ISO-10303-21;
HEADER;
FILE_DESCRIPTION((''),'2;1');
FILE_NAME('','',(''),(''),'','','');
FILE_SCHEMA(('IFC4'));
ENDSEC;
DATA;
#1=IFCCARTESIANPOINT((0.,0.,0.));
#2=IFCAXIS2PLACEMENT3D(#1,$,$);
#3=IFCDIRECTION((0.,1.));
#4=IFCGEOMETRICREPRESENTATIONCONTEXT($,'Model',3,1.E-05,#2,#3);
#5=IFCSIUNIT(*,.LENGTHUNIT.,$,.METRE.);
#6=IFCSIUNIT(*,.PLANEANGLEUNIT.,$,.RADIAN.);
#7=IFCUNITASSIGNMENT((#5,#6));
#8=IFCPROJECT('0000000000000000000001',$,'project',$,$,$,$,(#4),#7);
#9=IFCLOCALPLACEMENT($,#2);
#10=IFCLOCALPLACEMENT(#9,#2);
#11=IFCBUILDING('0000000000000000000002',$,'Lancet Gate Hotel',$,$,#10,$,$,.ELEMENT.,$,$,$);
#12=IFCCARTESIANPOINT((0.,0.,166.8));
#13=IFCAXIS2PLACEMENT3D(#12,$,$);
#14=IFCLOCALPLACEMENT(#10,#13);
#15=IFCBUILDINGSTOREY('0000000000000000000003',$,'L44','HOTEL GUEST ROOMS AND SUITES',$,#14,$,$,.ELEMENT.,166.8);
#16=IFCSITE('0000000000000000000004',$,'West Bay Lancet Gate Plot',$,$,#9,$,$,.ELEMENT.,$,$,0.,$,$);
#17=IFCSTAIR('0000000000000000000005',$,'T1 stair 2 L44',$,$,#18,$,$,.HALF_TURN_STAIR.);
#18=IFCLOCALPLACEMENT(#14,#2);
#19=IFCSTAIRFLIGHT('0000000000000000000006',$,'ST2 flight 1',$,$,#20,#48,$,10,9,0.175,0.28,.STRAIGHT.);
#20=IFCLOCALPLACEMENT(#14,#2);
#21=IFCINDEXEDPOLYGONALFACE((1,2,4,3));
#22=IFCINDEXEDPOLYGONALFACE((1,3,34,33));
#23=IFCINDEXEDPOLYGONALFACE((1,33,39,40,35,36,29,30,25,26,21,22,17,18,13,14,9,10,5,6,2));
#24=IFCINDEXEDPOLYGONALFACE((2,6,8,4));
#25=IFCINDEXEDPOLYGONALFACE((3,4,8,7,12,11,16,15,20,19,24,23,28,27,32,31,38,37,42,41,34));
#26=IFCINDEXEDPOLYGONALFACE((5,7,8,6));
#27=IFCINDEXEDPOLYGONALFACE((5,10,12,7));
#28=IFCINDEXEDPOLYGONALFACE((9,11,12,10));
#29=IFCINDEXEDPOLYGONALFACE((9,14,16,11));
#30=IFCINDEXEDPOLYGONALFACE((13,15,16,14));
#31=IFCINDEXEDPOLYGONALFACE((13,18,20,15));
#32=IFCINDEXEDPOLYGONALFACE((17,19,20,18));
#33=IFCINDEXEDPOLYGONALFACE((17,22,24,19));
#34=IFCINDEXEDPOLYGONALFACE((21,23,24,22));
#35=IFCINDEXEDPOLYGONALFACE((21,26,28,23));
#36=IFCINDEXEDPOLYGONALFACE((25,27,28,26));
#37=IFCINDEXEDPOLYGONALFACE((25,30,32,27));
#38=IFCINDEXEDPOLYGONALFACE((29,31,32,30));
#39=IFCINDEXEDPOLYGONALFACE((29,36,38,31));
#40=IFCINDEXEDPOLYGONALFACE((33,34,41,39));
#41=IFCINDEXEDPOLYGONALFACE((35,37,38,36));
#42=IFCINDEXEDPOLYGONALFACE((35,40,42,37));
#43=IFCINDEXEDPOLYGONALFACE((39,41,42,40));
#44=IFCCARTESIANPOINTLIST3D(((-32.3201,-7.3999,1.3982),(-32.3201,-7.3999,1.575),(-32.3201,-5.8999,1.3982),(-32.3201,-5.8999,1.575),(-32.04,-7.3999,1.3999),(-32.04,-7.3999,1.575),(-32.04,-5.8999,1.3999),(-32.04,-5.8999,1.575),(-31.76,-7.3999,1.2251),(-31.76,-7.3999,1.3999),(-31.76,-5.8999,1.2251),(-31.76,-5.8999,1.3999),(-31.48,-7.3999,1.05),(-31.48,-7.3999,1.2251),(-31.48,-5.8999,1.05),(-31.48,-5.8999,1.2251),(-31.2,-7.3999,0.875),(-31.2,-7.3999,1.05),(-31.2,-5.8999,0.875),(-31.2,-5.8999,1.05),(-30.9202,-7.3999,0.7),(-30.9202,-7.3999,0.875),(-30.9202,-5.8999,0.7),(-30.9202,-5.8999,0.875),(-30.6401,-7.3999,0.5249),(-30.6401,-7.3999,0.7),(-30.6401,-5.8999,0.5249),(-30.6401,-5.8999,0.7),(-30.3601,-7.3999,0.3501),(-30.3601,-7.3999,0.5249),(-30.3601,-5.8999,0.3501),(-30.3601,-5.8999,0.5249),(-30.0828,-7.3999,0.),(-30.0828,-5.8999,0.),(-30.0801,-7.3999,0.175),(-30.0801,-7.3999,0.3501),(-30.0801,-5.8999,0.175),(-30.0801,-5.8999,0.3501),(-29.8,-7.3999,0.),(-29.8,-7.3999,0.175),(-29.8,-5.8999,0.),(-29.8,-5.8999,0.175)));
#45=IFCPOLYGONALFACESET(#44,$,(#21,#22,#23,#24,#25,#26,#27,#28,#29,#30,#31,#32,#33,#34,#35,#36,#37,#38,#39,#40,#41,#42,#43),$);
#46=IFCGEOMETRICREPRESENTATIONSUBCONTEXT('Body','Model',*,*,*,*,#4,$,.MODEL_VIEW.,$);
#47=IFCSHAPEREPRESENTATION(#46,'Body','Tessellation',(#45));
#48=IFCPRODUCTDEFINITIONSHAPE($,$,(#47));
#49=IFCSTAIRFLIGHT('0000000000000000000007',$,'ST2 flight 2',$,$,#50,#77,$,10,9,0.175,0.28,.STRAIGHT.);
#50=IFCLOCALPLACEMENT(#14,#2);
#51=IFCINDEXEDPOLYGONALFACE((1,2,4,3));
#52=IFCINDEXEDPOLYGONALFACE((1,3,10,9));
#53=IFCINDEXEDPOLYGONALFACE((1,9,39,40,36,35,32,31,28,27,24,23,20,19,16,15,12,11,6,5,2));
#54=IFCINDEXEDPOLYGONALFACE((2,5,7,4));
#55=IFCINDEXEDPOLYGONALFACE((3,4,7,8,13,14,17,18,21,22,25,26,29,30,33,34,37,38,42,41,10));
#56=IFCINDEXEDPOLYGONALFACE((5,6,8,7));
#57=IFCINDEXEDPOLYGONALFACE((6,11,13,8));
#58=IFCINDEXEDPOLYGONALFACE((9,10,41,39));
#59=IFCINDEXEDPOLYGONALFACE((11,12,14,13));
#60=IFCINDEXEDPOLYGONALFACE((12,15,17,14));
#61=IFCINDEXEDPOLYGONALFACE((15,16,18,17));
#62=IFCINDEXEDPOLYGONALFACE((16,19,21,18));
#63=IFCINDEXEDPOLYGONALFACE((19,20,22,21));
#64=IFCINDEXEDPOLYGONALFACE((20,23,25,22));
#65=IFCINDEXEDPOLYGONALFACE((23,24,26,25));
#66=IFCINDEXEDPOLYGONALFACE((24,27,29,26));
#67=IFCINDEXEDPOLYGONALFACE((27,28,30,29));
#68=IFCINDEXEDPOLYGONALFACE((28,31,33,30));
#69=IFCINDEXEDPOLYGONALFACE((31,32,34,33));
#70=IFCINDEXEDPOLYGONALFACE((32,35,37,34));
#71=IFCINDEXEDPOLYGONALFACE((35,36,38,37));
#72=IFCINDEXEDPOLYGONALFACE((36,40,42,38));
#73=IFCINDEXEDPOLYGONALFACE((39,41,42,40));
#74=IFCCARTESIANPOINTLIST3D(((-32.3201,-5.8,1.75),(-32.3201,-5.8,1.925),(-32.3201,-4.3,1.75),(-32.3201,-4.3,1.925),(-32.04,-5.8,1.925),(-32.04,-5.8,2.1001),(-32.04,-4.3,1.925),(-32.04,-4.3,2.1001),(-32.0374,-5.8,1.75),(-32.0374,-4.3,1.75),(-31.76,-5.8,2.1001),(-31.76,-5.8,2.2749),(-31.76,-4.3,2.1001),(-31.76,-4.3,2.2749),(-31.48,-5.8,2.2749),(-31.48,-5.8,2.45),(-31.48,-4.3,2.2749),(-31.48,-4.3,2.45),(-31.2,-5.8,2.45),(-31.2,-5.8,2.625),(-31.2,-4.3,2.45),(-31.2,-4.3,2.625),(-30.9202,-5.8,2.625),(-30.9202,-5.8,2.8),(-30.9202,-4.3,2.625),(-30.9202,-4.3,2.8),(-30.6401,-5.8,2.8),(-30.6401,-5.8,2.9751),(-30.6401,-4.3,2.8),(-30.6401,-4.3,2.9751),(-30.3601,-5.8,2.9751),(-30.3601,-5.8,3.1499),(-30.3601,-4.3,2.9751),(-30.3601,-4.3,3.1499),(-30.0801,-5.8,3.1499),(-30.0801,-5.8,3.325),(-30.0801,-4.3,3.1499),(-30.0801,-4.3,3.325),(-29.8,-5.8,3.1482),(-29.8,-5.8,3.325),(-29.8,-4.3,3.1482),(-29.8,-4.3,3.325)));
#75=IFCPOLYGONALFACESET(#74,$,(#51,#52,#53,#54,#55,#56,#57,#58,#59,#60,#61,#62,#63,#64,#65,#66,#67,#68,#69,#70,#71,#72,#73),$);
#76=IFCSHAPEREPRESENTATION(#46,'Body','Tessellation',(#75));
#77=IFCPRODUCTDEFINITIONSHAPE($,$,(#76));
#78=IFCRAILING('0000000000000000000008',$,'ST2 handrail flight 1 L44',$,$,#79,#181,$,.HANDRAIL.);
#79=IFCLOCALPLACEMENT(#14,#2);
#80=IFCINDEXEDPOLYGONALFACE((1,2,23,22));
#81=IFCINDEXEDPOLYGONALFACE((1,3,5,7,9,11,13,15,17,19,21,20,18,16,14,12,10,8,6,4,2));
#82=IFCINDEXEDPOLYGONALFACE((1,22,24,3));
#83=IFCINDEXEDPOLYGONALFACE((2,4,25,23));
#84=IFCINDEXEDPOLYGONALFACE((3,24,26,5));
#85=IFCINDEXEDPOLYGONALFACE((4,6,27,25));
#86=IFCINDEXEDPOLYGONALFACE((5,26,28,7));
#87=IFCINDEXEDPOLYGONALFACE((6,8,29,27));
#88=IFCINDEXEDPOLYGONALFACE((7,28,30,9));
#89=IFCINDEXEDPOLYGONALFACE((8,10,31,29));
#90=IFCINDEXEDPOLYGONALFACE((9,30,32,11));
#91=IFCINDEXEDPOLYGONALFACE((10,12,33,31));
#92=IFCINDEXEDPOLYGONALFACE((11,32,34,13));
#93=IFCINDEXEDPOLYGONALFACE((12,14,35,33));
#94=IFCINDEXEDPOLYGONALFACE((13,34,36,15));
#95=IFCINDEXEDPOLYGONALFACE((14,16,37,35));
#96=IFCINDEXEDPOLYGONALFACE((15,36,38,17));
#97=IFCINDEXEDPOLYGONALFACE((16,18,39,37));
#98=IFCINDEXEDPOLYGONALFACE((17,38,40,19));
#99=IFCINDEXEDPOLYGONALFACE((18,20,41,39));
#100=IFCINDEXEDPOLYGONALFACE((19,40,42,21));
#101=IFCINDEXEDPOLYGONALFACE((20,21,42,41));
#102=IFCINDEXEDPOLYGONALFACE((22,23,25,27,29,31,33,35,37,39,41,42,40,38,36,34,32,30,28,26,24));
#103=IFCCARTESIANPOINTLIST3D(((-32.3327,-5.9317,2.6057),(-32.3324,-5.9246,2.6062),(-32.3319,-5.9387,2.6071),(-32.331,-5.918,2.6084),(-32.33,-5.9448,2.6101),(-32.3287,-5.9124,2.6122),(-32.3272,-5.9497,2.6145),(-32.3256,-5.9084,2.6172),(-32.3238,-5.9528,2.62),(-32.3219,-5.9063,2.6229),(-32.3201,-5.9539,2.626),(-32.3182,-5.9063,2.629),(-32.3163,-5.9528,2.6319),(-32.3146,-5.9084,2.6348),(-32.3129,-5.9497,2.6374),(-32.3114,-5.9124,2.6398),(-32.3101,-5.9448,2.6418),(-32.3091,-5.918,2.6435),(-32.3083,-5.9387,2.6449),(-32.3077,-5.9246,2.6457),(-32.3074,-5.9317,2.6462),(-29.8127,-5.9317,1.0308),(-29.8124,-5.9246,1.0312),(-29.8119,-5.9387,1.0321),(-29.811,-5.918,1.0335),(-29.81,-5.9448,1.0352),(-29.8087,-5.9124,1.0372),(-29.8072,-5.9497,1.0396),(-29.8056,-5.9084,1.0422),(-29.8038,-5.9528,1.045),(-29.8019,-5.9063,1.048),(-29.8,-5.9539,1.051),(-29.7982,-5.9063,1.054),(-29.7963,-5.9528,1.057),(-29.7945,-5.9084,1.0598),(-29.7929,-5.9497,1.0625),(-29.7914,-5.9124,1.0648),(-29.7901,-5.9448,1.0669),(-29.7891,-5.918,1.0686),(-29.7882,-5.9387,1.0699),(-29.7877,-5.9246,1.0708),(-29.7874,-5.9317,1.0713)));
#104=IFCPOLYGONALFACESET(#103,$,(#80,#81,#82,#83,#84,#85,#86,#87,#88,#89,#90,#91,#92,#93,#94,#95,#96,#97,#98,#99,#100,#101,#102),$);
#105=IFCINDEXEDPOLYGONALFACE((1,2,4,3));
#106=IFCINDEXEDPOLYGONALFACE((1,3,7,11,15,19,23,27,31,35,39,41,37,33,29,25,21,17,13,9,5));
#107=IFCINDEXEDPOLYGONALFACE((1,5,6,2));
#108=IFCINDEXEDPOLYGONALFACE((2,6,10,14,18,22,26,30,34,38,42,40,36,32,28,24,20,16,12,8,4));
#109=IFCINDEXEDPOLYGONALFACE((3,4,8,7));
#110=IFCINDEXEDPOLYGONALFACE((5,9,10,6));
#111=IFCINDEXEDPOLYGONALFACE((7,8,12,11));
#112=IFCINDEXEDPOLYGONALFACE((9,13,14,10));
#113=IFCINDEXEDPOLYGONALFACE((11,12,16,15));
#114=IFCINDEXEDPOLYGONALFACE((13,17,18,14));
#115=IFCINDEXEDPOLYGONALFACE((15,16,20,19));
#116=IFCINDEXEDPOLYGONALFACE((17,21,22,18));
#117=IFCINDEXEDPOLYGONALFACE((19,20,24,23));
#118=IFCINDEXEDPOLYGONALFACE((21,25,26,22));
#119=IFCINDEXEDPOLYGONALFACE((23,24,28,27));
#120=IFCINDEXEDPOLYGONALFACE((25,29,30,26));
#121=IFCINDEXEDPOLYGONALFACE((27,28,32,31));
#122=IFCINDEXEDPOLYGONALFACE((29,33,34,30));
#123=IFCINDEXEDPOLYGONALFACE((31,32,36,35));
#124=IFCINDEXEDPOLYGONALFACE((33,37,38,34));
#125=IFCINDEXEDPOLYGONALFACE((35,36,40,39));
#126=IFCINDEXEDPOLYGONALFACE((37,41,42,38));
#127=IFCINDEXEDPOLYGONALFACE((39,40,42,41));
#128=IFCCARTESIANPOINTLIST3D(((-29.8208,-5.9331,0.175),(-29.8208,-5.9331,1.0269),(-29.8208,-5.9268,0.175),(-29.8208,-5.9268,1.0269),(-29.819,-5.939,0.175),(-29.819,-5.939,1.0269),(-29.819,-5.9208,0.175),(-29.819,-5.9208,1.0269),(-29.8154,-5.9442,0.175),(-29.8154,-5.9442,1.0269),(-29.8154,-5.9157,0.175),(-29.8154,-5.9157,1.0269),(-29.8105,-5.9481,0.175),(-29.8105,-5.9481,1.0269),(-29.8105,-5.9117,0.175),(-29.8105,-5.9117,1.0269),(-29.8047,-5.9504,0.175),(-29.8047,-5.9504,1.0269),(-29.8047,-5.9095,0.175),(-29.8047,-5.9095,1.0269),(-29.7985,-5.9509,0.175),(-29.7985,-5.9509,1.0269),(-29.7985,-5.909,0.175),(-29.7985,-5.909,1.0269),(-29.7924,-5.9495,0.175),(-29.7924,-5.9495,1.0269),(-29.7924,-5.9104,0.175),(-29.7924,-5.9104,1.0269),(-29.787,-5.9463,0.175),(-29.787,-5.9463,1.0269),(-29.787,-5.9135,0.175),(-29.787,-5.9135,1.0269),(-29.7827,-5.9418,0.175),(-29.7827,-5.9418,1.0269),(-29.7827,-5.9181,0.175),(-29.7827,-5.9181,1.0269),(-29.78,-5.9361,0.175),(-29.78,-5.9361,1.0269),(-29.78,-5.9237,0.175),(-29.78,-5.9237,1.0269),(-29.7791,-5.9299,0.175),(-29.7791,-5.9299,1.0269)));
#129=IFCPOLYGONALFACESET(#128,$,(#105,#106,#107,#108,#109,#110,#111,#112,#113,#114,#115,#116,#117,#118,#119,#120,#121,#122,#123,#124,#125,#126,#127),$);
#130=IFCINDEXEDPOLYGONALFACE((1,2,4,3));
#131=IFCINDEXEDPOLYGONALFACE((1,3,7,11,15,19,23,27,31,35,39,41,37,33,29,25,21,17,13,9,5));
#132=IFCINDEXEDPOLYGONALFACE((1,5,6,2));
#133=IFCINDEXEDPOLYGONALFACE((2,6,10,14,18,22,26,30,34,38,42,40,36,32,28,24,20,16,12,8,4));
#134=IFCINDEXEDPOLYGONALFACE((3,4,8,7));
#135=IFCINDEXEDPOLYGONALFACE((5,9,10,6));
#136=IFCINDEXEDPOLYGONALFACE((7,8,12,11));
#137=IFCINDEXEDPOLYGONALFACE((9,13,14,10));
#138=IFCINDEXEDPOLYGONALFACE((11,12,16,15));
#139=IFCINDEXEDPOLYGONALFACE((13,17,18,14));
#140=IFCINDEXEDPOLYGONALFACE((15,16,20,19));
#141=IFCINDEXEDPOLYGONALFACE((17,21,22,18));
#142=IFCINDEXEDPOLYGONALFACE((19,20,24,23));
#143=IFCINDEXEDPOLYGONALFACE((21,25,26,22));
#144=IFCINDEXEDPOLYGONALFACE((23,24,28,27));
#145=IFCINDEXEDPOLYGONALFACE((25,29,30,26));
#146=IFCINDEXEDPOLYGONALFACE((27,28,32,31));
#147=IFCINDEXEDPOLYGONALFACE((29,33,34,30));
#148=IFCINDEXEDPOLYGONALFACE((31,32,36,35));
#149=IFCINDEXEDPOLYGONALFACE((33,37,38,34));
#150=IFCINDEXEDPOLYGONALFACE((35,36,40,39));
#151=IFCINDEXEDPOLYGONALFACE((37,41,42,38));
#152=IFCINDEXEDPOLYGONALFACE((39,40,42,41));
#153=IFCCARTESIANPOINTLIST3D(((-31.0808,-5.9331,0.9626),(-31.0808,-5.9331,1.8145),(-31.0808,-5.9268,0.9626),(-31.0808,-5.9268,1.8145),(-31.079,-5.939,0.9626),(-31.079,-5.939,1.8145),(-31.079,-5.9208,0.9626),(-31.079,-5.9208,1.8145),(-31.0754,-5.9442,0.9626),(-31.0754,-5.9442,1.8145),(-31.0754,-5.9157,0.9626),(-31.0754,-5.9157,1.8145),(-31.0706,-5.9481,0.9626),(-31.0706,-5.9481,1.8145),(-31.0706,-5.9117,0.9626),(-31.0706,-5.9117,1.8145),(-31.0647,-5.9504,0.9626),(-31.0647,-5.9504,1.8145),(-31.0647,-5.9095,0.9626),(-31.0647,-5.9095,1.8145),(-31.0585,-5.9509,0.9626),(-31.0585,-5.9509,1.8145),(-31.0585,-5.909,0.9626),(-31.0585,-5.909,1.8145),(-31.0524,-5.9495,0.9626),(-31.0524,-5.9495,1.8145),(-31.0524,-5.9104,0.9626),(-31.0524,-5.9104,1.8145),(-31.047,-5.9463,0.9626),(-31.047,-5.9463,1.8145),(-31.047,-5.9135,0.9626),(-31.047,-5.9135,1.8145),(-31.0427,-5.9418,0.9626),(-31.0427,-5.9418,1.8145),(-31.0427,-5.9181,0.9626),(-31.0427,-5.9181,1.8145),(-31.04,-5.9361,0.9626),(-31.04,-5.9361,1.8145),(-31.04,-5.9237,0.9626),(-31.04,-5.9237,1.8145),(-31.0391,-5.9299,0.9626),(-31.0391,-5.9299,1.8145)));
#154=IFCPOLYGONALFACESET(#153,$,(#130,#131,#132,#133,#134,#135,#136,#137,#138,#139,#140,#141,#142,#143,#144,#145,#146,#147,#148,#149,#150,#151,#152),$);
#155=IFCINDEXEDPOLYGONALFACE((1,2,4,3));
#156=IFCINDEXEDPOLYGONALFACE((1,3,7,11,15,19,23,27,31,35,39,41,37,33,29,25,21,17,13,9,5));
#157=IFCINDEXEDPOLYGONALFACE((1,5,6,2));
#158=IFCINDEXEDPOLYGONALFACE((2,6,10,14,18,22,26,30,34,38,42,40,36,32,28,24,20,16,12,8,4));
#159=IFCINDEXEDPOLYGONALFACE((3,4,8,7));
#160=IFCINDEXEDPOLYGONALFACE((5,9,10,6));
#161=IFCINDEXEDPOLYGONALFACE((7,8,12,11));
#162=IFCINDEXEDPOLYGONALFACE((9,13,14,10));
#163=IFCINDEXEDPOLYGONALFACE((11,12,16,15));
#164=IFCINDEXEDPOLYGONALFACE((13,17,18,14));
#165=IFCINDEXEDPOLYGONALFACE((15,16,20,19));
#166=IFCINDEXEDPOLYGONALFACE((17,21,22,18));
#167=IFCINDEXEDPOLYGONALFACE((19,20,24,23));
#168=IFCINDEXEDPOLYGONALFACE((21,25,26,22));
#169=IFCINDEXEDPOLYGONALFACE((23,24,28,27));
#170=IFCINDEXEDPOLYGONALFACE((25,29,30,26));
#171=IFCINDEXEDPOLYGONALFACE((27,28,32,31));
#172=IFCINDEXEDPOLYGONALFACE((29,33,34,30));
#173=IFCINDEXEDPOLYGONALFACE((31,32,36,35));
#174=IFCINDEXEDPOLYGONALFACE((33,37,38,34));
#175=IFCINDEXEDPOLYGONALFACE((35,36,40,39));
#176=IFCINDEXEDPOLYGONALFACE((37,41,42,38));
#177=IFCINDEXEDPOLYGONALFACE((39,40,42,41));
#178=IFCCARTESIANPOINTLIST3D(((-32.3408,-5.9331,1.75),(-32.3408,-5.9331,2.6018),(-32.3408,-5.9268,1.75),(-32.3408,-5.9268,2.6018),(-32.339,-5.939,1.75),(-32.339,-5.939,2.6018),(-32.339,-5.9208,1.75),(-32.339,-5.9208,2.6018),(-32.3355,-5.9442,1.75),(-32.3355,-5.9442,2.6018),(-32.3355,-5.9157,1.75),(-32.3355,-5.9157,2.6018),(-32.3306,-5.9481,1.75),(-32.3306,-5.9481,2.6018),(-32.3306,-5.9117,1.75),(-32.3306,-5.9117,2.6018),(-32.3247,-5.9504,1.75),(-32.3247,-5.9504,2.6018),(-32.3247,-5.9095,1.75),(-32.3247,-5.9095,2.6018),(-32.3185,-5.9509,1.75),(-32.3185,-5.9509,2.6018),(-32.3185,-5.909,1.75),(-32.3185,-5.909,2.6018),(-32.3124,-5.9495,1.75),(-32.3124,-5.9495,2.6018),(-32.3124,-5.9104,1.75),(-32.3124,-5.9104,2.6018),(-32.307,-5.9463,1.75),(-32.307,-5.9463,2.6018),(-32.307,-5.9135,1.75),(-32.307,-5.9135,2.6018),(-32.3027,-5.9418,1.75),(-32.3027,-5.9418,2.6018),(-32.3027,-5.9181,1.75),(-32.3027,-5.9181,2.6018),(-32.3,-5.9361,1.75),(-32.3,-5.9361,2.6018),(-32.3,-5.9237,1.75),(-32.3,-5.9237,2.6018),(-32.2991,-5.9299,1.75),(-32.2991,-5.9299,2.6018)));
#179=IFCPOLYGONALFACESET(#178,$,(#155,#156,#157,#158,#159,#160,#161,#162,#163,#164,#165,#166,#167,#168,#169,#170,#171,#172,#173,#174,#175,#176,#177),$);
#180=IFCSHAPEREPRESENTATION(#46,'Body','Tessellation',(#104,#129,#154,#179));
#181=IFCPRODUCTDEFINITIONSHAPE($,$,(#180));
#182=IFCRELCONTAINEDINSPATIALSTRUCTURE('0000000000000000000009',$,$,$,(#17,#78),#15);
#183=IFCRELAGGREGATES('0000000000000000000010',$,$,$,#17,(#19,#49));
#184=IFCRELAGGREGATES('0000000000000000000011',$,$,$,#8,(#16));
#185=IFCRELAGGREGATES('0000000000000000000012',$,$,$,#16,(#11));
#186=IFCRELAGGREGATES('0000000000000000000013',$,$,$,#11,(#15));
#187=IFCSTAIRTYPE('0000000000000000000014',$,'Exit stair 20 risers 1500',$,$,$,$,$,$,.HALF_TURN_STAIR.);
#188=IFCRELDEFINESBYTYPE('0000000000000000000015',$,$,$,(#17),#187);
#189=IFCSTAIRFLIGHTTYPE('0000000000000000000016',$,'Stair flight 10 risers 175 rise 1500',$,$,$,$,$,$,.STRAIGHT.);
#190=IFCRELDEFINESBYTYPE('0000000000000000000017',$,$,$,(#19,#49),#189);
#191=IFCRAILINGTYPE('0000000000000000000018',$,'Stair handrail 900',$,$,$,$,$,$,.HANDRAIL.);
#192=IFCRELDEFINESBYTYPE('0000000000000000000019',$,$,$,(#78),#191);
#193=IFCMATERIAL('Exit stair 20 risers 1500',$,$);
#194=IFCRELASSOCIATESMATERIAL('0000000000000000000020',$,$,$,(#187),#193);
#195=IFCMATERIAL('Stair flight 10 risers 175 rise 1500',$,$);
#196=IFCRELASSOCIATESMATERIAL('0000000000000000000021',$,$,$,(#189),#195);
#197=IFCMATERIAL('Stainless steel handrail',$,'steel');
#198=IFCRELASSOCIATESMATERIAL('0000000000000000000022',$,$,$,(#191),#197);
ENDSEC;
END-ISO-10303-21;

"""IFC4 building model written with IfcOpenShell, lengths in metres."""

from ifc_helpers import new_model, si_unit, direction, frame, origin, origin_2d, place, context, subcontext, project, spatial, polyline, circle, outline, extrude, material, type_object, element, aggregate, save


model = new_model("IFC4")

# Units and contexts
model_context = context("Model", 3, precision=1e-05, world=origin(), true_north=direction((0.0, 1.0)))
body_context = subcontext(model_context, "Body", "Model", "MODEL_VIEW")
ifc_project = project(units=[si_unit("LENGTHUNIT", "METRE"), si_unit("PLANEANGLEUNIT", "RADIAN")], contexts=[model_context])

# Site, building, storey
site_placement = place(None, origin())
site = spatial("IfcSite", under=ifc_project, at=site_placement, Name="West Bay Lancet Gate Plot", CompositionType="ELEMENT", RefElevation=0.0)
building_placement = place(site_placement, origin())
building = spatial("IfcBuilding", under=site, at=building_placement, Name="Lancet Gate Hotel", CompositionType="ELEMENT")
storey_placement = place(building_placement, frame((0.0, 0.0, 166.8)))
storey = spatial("IfcBuildingStorey", under=building, at=storey_placement, Name="L44", Description="HOTEL GUEST ROOMS AND SUITES", CompositionType="ELEMENT", Elevation=166.8)

# Stair, stair flights
ifc_material_1 = material(Name="Exit stair 20 risers 1500")
stair_type = type_object("IfcStairType", Name="Exit stair 20 risers 1500", PredefinedType="HALF_TURN_STAIR", material=ifc_material_1)
stair_placement = place(storey_placement, origin())
stair = element("IfcStair", 1, at=stair_placement, inside=storey, type_object=stair_type, Name="T1 stair 2 L44", PredefinedType="HALF_TURN_STAIR")
ifc_material_2 = material(Name="Stair flight 10 risers 175 rise 1500")
stair_flight_type = type_object("IfcStairFlightType", Name="Stair flight 10 risers 175 rise 1500", PredefinedType="STRAIGHT", material=ifc_material_2)
stair_flight_1_placement = place(storey_placement, frame((-29.8, -6.6499, 0.0), z_axis=(0.0, 0.0, 1.0), x_axis=(-1.0, 0.0, 0.0)))
stair_flight_1 = element("IfcStairFlight", 2, at=stair_flight_1_placement, type_object=stair_flight_type, Name="ST2 flight 1", NumberOfRisers=10, NumberOfTreads=9, PredefinedType="STRAIGHT", RiserHeight=0.175, TreadLength=0.28, context=body_context, shape_type="SweptSolid", body=[
    extrude(outline(polyline([(0.0, 0.0), (0.0, 0.175), (0.28, 0.175), (0.28, 0.3501), (0.5601, 0.3501), (0.5601, 0.5249), (0.8401, 0.5249), (0.8401, 0.7), (1.1201, 0.7), (1.1201, 0.875), (1.3999, 0.875), (1.3999, 1.05), (1.6799, 1.05), (1.6799, 1.2251), (1.96, 1.2251), (1.96, 1.3999), (2.24, 1.3999), (2.24, 1.575), (2.52, 1.575), (2.52, 1.75), (2.52, 1.3982), (0.2827, 0.0), (0.0, 0.0)])), frame((0.0, 0.75, 0.0), z_axis=(0.0, -1.0, 0.0), x_axis=(1.0, 0.0, 0.0)), (0.0, 0.0, 1.0), 1.5),
])
stair_flight_2_placement = place(storey_placement, frame((-32.3201, -5.05, 1.75), z_axis=(0.0, 0.0, 1.0), x_axis=(1.0, 0.0, 0.0)))
stair_flight_2 = element("IfcStairFlight", 3, at=stair_flight_2_placement, type_object=stair_flight_type, Name="ST2 flight 2", NumberOfRisers=10, NumberOfTreads=9, PredefinedType="STRAIGHT", RiserHeight=0.175, TreadLength=0.28, context=body_context, shape_type="SweptSolid", body=[
    extrude(outline(polyline([(0.0, 0.0), (0.0, 0.175), (0.28, 0.175), (0.28, 0.3501), (0.5601, 0.3501), (0.5601, 0.5249), (0.8401, 0.5249), (0.8401, 0.7), (1.1201, 0.7), (1.1201, 0.875), (1.3999, 0.875), (1.3999, 1.05), (1.6799, 1.05), (1.6799, 1.2251), (1.96, 1.2251), (1.96, 1.3999), (2.24, 1.3999), (2.24, 1.575), (2.52, 1.575), (2.52, 1.75), (2.52, 1.3982), (0.2827, 0.0), (0.0, 0.0)])), frame((0.0, 0.75, 0.0), z_axis=(0.0, -1.0, 0.0), x_axis=(1.0, 0.0, 0.0)), (0.0, 0.0, 1.0), 1.5),
])
aggregate(stair, [stair_flight_1, stair_flight_2])

# Railing
ifc_material_3 = material(Name="Stainless steel handrail", Category="steel")
railing_type = type_object("IfcRailingType", Name="Stair handrail 900", PredefinedType="HANDRAIL", material=ifc_material_3)
railing_1_placement = place(storey_placement, frame((-29.8, -5.9299, 0.175)))
element("IfcRailing", 4, at=railing_1_placement, inside=storey, type_object=railing_type, Name="ST2 handrail flight 1 L44", PredefinedType="HANDRAIL", context=body_context, shape_type="SweptSolid", body=[
    extrude(circle(Radius=0.0239, at=origin_2d()), frame((0.0, 0.0, 0.876), z_axis=(-0.848008, 0.0, 0.529984), x_axis=(0.0, -1.0, 0.0)), (0.0, 0.0, 1.0), 2.9717),
    extrude(circle(Radius=0.021, at=origin_2d()), origin(), (0.0, 0.0, 1.0), 0.8518),
    extrude(circle(Radius=0.021, at=origin_2d()), frame((-1.26, 0.0, 0.7876)), (0.0, 0.0, 1.0), 0.8518),
    extrude(circle(Radius=0.021, at=origin_2d()), frame((-2.52, 0.0, 1.575)), (0.0, 0.0, 1.0), 0.8518),
])

save(model, "model.ifc")
